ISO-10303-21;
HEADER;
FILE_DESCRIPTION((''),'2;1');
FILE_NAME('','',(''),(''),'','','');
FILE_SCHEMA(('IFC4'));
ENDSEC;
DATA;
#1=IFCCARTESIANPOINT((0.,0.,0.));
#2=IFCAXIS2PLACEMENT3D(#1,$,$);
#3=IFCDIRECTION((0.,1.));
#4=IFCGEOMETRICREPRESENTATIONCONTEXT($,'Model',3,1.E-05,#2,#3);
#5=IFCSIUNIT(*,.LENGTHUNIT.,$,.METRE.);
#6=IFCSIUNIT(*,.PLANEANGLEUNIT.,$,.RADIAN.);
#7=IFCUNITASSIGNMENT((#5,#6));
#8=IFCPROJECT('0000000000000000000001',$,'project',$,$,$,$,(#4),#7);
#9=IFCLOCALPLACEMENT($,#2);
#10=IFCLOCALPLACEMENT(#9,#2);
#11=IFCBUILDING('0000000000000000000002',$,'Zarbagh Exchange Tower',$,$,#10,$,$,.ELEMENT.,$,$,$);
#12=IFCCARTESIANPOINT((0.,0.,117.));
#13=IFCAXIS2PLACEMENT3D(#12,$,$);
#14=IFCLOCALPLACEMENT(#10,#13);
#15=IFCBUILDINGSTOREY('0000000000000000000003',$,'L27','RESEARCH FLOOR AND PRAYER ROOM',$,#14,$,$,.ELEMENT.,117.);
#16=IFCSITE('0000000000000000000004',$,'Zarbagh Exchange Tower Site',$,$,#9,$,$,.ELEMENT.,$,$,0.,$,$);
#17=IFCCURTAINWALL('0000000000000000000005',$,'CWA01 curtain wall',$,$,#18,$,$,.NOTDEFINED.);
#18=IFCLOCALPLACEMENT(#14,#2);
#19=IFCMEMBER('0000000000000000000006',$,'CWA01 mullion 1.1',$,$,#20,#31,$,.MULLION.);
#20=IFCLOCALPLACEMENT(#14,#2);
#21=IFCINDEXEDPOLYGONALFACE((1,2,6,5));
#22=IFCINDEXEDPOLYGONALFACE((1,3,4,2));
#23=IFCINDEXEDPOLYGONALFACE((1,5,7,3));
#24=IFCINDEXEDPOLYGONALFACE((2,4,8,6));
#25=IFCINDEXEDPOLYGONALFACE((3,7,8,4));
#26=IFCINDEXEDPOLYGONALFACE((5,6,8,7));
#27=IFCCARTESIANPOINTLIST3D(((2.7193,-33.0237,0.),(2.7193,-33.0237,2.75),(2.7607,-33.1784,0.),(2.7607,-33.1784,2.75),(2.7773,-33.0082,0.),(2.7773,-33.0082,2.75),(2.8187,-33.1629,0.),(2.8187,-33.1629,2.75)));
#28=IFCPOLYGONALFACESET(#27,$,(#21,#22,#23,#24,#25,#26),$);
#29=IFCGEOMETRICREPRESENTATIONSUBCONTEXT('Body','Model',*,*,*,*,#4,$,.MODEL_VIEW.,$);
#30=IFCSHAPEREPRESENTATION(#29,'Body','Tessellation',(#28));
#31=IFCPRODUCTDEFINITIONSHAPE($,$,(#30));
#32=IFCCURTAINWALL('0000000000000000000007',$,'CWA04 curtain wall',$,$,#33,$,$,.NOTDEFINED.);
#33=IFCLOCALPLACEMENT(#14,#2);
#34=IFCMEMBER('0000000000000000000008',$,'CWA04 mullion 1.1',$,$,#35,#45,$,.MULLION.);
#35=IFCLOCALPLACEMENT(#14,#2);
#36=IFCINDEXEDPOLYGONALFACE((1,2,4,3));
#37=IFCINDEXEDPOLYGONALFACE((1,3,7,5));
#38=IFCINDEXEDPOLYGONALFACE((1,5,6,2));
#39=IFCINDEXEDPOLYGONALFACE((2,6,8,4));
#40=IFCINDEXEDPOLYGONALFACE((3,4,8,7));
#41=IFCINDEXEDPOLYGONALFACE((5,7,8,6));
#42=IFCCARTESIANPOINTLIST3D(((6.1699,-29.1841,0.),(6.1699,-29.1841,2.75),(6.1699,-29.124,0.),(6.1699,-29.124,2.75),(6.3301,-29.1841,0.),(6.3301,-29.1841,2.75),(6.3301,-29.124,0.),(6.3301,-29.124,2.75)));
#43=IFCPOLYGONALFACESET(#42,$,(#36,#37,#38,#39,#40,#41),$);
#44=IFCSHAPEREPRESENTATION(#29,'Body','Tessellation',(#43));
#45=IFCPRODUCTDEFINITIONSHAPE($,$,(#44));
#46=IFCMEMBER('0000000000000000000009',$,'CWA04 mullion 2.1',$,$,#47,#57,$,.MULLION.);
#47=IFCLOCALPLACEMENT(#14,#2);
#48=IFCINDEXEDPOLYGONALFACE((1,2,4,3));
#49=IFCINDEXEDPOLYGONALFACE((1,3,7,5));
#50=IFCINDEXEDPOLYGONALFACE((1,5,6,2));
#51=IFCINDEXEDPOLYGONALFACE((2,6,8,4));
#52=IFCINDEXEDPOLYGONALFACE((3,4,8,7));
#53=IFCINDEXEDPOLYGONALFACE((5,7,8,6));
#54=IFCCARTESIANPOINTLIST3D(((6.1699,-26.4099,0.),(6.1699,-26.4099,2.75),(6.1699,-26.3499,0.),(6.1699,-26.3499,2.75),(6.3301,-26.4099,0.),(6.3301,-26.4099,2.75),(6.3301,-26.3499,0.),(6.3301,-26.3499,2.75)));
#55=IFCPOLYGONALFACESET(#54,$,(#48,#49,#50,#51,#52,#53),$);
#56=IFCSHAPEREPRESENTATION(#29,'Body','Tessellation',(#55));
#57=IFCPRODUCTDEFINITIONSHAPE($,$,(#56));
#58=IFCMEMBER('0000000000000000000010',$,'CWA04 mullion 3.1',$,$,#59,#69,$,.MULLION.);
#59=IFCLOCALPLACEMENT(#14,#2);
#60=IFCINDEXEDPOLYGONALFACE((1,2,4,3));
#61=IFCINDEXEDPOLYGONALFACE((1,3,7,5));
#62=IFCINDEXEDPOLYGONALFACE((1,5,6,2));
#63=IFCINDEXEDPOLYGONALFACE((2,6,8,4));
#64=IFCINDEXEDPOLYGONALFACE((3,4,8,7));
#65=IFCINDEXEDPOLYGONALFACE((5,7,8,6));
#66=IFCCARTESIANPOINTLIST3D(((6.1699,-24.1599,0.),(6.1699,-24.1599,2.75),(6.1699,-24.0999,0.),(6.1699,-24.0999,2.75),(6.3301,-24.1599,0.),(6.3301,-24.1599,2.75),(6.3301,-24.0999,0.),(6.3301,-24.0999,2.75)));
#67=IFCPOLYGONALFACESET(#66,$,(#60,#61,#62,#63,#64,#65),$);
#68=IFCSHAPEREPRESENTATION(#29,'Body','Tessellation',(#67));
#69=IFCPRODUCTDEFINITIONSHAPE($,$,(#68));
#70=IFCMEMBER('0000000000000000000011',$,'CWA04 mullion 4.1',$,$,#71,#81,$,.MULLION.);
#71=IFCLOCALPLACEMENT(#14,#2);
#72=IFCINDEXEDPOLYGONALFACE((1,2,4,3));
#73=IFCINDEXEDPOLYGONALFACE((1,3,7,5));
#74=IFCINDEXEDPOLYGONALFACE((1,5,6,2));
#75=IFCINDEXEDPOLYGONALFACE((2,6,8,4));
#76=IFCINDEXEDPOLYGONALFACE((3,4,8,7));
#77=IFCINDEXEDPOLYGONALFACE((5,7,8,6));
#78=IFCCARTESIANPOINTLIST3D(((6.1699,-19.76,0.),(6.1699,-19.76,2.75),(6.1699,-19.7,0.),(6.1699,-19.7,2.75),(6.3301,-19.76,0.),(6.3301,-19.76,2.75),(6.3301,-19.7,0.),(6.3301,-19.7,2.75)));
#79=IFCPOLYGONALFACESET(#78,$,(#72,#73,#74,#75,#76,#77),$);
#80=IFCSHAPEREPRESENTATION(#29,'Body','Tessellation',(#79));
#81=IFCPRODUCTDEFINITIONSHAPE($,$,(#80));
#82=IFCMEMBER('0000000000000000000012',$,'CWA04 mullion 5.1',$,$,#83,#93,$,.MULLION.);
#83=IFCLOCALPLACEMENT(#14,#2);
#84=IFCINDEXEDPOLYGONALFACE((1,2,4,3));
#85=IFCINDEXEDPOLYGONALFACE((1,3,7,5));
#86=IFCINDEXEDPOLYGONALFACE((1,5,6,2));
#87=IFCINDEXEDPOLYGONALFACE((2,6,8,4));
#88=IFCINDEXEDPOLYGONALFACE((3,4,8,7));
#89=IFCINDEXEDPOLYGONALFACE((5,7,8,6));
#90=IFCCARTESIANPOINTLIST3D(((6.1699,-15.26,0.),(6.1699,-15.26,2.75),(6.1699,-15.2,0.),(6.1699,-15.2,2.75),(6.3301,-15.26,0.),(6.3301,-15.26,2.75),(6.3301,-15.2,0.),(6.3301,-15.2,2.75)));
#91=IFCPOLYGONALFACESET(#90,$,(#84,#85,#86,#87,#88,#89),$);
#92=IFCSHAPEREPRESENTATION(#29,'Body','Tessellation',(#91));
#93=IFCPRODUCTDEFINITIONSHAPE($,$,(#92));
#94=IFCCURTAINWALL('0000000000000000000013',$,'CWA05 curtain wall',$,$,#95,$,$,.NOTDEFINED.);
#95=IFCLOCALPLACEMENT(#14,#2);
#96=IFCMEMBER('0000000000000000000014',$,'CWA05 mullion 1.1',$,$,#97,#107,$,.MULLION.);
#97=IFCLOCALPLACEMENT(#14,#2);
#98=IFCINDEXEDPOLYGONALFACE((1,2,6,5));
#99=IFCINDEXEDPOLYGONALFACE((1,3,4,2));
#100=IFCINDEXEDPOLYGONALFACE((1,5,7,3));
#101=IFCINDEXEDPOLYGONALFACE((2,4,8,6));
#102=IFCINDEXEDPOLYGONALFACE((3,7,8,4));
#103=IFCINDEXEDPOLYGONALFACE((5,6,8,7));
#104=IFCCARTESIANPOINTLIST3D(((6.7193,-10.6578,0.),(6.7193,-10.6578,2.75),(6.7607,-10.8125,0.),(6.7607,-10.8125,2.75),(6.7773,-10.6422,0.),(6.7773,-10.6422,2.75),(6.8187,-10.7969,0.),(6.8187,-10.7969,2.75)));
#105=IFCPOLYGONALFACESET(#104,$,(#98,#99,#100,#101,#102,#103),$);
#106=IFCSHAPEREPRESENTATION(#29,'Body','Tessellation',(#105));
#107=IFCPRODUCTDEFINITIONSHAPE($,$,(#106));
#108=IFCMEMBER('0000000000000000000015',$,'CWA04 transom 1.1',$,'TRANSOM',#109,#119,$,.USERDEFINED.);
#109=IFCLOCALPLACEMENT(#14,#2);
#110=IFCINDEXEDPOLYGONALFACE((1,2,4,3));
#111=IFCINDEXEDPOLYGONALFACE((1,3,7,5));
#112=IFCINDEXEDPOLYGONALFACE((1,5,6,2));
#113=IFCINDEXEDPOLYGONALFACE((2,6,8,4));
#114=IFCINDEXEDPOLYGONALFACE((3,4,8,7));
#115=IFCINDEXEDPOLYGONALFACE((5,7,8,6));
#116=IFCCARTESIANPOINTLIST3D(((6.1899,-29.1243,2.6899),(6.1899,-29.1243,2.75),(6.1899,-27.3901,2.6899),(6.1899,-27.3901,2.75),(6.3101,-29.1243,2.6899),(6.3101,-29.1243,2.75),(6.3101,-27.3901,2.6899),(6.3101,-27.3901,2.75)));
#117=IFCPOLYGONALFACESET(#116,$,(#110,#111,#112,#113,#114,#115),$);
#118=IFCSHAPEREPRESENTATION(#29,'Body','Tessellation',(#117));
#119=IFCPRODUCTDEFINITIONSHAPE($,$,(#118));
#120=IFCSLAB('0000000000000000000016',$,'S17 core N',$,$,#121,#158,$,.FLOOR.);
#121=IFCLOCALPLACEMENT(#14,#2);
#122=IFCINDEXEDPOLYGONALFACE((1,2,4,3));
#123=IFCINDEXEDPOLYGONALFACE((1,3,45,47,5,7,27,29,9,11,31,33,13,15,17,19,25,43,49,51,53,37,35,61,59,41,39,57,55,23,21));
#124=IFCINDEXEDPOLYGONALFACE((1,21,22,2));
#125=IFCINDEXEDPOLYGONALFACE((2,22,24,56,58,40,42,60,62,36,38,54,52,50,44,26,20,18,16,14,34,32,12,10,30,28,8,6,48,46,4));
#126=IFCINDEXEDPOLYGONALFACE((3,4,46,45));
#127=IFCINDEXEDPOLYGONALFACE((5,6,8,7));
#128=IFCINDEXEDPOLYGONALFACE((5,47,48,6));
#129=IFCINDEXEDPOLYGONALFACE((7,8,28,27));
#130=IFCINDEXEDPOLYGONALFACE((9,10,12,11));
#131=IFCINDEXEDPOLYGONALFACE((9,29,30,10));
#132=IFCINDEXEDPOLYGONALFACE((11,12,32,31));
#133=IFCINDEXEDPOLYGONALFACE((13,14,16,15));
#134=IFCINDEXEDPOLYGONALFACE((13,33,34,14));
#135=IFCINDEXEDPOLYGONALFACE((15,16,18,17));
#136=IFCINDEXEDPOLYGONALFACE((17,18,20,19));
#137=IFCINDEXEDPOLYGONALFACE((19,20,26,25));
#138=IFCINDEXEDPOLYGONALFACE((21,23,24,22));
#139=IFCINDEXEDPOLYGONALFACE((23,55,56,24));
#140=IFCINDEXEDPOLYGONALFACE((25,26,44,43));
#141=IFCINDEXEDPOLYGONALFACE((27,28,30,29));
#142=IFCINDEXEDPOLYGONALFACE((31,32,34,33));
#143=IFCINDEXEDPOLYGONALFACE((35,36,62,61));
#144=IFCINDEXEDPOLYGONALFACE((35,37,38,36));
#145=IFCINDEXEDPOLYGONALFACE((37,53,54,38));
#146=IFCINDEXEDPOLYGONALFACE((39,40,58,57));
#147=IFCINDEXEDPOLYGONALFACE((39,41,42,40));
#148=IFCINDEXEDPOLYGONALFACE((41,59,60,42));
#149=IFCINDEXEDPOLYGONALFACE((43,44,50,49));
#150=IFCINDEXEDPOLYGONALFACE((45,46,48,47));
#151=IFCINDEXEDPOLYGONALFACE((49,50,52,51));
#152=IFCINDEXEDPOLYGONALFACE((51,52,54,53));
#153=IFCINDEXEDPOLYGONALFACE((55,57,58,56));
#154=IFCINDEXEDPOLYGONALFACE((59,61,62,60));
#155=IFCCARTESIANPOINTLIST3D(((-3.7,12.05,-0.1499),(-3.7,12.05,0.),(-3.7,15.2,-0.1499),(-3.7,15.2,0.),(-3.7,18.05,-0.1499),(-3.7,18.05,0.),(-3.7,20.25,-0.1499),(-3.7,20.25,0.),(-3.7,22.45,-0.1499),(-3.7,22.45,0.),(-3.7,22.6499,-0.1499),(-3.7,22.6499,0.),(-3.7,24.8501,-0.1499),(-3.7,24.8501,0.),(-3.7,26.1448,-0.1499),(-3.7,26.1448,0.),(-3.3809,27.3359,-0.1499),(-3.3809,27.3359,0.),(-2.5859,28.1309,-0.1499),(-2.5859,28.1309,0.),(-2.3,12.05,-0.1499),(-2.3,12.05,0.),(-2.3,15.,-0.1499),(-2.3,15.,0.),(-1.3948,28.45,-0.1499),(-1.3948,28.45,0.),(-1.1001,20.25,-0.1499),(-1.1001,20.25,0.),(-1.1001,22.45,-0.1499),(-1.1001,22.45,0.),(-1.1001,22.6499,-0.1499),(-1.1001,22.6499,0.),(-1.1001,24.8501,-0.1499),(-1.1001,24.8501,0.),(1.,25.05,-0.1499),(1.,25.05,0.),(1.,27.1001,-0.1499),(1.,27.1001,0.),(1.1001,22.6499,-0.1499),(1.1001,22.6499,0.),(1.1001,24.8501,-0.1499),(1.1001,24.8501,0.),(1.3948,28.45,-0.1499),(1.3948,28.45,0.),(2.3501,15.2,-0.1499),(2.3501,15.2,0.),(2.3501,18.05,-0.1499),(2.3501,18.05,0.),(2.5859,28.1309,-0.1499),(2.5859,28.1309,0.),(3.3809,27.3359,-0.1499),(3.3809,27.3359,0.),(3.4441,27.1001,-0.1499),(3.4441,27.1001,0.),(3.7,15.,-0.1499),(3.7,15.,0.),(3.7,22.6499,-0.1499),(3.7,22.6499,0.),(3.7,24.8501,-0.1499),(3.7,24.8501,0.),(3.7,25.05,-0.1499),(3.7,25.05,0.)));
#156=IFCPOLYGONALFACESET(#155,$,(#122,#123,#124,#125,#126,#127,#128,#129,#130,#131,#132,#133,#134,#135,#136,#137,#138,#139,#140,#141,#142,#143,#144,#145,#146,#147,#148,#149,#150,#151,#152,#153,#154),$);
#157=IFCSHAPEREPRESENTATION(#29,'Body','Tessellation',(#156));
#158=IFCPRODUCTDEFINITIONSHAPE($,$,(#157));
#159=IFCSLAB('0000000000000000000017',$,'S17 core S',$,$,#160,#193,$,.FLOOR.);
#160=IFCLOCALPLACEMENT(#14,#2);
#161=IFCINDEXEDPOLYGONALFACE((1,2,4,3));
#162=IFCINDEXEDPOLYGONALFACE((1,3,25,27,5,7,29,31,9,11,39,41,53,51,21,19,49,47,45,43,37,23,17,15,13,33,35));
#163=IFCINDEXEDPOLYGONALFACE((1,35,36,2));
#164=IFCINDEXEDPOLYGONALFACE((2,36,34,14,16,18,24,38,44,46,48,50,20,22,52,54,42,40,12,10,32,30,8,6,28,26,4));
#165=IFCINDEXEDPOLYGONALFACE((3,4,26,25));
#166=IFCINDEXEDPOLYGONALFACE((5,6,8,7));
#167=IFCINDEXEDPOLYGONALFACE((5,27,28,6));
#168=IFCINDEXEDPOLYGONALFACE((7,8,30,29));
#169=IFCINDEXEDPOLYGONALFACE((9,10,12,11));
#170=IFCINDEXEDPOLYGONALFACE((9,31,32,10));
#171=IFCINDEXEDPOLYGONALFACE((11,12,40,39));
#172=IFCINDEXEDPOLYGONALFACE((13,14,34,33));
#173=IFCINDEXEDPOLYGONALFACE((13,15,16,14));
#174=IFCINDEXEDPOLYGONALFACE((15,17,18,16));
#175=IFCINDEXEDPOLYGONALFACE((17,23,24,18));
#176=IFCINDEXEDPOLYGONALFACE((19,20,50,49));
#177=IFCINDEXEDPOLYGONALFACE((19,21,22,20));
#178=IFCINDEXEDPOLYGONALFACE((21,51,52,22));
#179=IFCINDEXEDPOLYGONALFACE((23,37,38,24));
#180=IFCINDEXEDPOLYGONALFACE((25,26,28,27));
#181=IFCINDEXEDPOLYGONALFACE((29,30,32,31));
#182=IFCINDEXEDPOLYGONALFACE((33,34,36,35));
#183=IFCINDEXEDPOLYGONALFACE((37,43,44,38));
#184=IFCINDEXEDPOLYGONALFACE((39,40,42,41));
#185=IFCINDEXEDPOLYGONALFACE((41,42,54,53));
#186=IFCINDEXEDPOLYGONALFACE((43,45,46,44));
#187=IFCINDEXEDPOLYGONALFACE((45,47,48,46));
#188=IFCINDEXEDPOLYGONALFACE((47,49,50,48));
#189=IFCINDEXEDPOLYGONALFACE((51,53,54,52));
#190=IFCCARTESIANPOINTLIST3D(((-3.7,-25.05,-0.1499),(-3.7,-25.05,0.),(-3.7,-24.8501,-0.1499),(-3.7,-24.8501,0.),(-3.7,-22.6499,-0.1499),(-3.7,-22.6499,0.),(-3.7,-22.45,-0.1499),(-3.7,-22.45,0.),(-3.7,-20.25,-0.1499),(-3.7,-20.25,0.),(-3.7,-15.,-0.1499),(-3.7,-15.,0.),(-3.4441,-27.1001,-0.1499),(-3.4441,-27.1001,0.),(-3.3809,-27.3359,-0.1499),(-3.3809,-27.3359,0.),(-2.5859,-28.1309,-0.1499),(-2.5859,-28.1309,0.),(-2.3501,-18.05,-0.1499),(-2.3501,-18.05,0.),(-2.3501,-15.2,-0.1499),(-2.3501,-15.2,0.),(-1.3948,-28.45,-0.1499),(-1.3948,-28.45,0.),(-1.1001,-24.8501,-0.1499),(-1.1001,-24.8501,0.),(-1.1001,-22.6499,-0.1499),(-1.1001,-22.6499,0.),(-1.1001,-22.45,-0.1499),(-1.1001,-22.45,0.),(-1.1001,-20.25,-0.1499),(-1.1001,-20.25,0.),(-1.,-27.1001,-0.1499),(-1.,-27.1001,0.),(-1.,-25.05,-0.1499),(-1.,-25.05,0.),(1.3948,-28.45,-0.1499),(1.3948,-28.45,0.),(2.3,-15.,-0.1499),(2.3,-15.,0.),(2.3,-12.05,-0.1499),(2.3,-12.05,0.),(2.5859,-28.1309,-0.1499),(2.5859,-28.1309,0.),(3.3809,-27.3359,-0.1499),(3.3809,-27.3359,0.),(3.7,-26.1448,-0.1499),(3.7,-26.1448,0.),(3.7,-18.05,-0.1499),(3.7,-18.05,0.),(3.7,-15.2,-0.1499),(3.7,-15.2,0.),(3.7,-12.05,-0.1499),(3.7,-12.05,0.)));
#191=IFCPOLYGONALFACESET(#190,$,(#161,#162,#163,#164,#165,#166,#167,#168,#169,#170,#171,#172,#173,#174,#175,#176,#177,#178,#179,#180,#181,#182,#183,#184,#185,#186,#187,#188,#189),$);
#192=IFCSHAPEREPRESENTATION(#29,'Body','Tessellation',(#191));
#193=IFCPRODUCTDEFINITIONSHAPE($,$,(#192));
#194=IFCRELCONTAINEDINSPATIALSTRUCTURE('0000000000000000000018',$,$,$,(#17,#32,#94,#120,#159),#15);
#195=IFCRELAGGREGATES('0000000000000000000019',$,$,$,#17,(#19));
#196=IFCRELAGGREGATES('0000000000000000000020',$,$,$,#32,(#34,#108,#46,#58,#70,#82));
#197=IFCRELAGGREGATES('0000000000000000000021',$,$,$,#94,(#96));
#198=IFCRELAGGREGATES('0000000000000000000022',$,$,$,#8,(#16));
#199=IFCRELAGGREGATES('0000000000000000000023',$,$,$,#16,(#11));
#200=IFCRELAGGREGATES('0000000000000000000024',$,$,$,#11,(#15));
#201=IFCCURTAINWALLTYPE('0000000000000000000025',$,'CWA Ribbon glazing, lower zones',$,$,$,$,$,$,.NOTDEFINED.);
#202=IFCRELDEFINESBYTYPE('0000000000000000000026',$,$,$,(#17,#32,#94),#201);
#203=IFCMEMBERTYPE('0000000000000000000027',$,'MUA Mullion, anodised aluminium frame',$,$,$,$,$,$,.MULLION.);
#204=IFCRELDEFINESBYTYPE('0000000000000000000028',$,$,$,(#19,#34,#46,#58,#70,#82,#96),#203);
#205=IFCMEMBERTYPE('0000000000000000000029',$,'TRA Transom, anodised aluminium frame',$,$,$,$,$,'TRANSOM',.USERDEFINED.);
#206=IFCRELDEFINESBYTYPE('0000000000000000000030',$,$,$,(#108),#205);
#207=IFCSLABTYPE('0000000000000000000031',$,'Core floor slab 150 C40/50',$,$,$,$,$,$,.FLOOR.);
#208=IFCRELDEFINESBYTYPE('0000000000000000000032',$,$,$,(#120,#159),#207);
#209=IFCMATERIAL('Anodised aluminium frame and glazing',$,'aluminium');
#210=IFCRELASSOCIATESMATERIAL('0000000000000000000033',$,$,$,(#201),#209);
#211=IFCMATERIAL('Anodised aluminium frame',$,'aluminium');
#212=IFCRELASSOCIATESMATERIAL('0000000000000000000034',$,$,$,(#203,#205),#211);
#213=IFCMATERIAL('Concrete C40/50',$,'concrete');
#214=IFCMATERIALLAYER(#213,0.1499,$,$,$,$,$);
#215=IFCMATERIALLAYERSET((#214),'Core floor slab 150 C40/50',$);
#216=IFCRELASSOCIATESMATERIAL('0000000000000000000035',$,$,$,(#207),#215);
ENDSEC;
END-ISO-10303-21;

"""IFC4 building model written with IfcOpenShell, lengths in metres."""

from ifc_helpers import new_model, si_unit, direction, frame, origin, place, context, subcontext, project, spatial, polyline, outline, extrude, source, transform, mapped, material, layer, layer_set, type_object, element, aggregate, save


model = new_model("IFC4")

# Units and contexts
model_context = context("Model", 3, precision=1e-05, world=origin(), true_north=direction((0.0, 1.0)))
body_context = subcontext(model_context, "Body", "Model", "MODEL_VIEW")
ifc_project = project(units=[si_unit("LENGTHUNIT", "METRE"), si_unit("PLANEANGLEUNIT", "RADIAN")], contexts=[model_context])

# Site, building, storey
site_placement = place(None, origin())
site = spatial("IfcSite", under=ifc_project, at=site_placement, Name="Zarbagh Exchange Tower Site", CompositionType="ELEMENT", RefElevation=0.0)
building_placement = place(site_placement, origin())
building = spatial("IfcBuilding", under=site, at=building_placement, Name="Zarbagh Exchange Tower", CompositionType="ELEMENT")
storey_placement = place(building_placement, frame((0.0, 0.0, 117.0)))
storey = spatial("IfcBuildingStorey", under=building, at=storey_placement, Name="L27", Description="RESEARCH FLOOR AND PRAYER ROOM", CompositionType="ELEMENT", Elevation=117.0)

# Curtain wall, member
ifc_material_1 = material(Name="Anodised aluminium frame and glazing", Category="aluminium")
curtain_wall_type = type_object("IfcCurtainWallType", Name="CWA Ribbon glazing, lower zones", PredefinedType="NOTDEFINED", material=ifc_material_1)
curtain_wall_1_placement = place(storey_placement, origin())
curtain_wall_1 = element("IfcCurtainWall", 1, at=curtain_wall_1_placement, inside=storey, type_object=curtain_wall_type, Name="CWA01 curtain wall", PredefinedType="NOTDEFINED")
ifc_material_2 = material(Name="Anodised aluminium frame", Category="aluminium")
member_type_1 = type_object("IfcMemberType", Name="MUA Mullion, anodised aluminium frame", PredefinedType="MULLION", material=ifc_material_2)
shared_shape_1 = source(origin(), body_context, "Body", "SweptSolid", [
    extrude(outline(polyline([(0.0, -0.0801), (0.0601, -0.0801), (0.0601, 0.0801), (0.0, 0.0801), (0.0, -0.0801)])), origin(), (0.0, 0.0, 1.0), 2.75),
])
placement = place(storey_placement, origin())
member_1 = element("IfcMember", 2, at=placement, type_object=member_type_1, Name="CWA01 mullion 1.1", PredefinedType="MULLION", context=body_context, shape_type="MappedRepresentation", body=[
    mapped(shared_shape_1, transform((2.74, -33.1011, 0.0), x_axis=(0.965924, 0.258825, 0.0), y_axis=(-0.258825, 0.965924, 0.0), z_axis=(0.0, 0.0, 1.0))),
])

# Curtain wall, members
curtain_wall_2_placement = place(storey_placement, origin())
curtain_wall_2 = element("IfcCurtainWall", 3, at=curtain_wall_2_placement, inside=storey, type_object=curtain_wall_type, Name="CWA04 curtain wall", PredefinedType="NOTDEFINED")
member_2 = element("IfcMember", 4, at=placement, type_object=member_type_1, Name="CWA04 mullion 1.1", PredefinedType="MULLION", context=body_context, shape_type="MappedRepresentation", body=[
    mapped(shared_shape_1, transform((6.25, -29.1841, 0.0), x_axis=(0.0, 1.0, 0.0), y_axis=(-1.0, 0.0, 0.0), z_axis=(0.0, 0.0, 1.0))),
])
member_3 = element("IfcMember", 5, at=placement, type_object=member_type_1, Name="CWA04 mullion 2.1", PredefinedType="MULLION", context=body_context, shape_type="MappedRepresentation", body=[
    mapped(shared_shape_1, transform((6.25, -26.4099, 0.0), x_axis=(0.0, 1.0, 0.0), y_axis=(-1.0, 0.0, 0.0), z_axis=(0.0, 0.0, 1.0))),
])
member_4 = element("IfcMember", 6, at=placement, type_object=member_type_1, Name="CWA04 mullion 3.1", PredefinedType="MULLION", context=body_context, shape_type="MappedRepresentation", body=[
    mapped(shared_shape_1, transform((6.25, -24.1599, 0.0), x_axis=(0.0, 1.0, 0.0), y_axis=(-1.0, 0.0, 0.0), z_axis=(0.0, 0.0, 1.0))),
])
member_5 = element("IfcMember", 7, at=placement, type_object=member_type_1, Name="CWA04 mullion 4.1", PredefinedType="MULLION", context=body_context, shape_type="MappedRepresentation", body=[
    mapped(shared_shape_1, transform((6.25, -19.76, 0.0), x_axis=(0.0, 1.0, 0.0), y_axis=(-1.0, 0.0, 0.0), z_axis=(0.0, 0.0, 1.0))),
])
member_6 = element("IfcMember", 8, at=placement, type_object=member_type_1, Name="CWA04 mullion 5.1", PredefinedType="MULLION", context=body_context, shape_type="MappedRepresentation", body=[
    mapped(shared_shape_1, transform((6.25, -15.26, 0.0), x_axis=(0.0, 1.0, 0.0), y_axis=(-1.0, 0.0, 0.0), z_axis=(0.0, 0.0, 1.0))),
])

# Curtain wall, member
curtain_wall_3_placement = place(storey_placement, origin())
curtain_wall_3 = element("IfcCurtainWall", 9, at=curtain_wall_3_placement, inside=storey, type_object=curtain_wall_type, Name="CWA05 curtain wall", PredefinedType="NOTDEFINED")
member_7 = element("IfcMember", 10, at=placement, type_object=member_type_1, Name="CWA05 mullion 1.1", PredefinedType="MULLION", context=body_context, shape_type="MappedRepresentation", body=[
    mapped(shared_shape_1, transform((6.74, -10.7351, 0.0), x_axis=(0.965924, 0.258825, 0.0), y_axis=(-0.258825, 0.965924, 0.0), z_axis=(0.0, 0.0, 1.0))),
])

# Member
member_type_2 = type_object("IfcMemberType", Name="TRA Transom, anodised aluminium frame", ElementType="TRANSOM", PredefinedType="USERDEFINED", material=ifc_material_2)
shared_shape_2 = source(origin(), body_context, "Body", "SweptSolid", [
    extrude(outline(polyline([(-0.0601, -0.0601), (0.0, -0.0601), (0.0, 0.0601), (-0.0601, 0.0601), (-0.0601, -0.0601)])), origin(), (0.0, 0.0, 1.0), 1.7341),
])
member_8 = element("IfcMember", 11, at=placement, type_object=member_type_2, Name="CWA04 transom 1.1", ObjectType="TRANSOM", PredefinedType="USERDEFINED", context=body_context, shape_type="MappedRepresentation", body=[
    mapped(shared_shape_2, transform((6.25, -29.1243, 2.75), x_axis=(0.0, 0.0, 1.0), y_axis=(1.0, 0.0, 0.0), z_axis=(0.0, 1.0, 0.0))),
])

# Slabs
ifc_material_3 = material(Name="Concrete C40/50", Category="concrete")
ifc_layer_1 = layer(ifc_material_3, 0.1499)
ifc_layer_set_1 = layer_set([ifc_layer_1], Name="Core floor slab 150 C40/50")
slab_type = type_object("IfcSlabType", Name="Core floor slab 150 C40/50", PredefinedType="FLOOR", material=ifc_layer_set_1)
slab_1_placement = place(storey_placement, frame((0.0, 0.0, -0.1499)))
element("IfcSlab", 12, at=slab_1_placement, inside=storey, type_object=slab_type, Name="S17 core N", PredefinedType="FLOOR", context=body_context, shape_type="SweptSolid", body=[
    extrude(outline(polyline([(-3.7, 12.05), (-3.7, 15.2), (2.3501, 15.2), (2.3501, 18.05), (-3.7, 18.05), (-3.7, 20.25), (-1.1001, 20.25), (-1.1001, 22.45), (-3.7, 22.45), (-3.7, 22.6499), (-1.1001, 22.6499), (-1.1001, 24.8501), (-3.7, 24.8501), (-3.7, 26.1448), (-3.3809, 27.3359), (-2.5859, 28.1309), (-1.3948, 28.45), (1.3948, 28.45), (2.5859, 28.1309), (3.3809, 27.3359), (3.6465, 26.3447), (3.4441, 27.1001), (1.0, 27.1001), (1.0, 25.05), (3.7, 25.05), (3.7, 24.8501), (1.1001, 24.8501), (1.1001, 22.6499), (3.7, 22.6499), (3.7, 15.0), (-2.3, 15.0), (-2.3, 12.05), (-3.7, 12.05)])), origin(), (0.0, 0.0, 1.0), 0.1499),
])
slab_2_placement = place(storey_placement, frame((0.0, 0.0, -0.1499)))
element("IfcSlab", 13, at=slab_2_placement, inside=storey, type_object=slab_type, Name="S17 core S", PredefinedType="FLOOR", context=body_context, shape_type="SweptSolid", body=[
    extrude(outline(polyline([(-2.5859, -28.1309), (-3.3809, -27.3359), (-3.6465, -26.3447), (-3.4441, -27.1001), (-1.0, -27.1001), (-1.0, -25.05), (-3.7, -25.05), (-3.7, -24.8501), (-1.1001, -24.8501), (-1.1001, -22.6499), (-3.7, -22.6499), (-3.7, -22.45), (-1.1001, -22.45), (-1.1001, -20.25), (-3.7, -20.25), (-3.7, -15.0), (2.3, -15.0), (2.3, -12.05), (3.7, -12.05), (3.7, -15.2), (-2.3501, -15.2), (-2.3501, -18.05), (3.7, -18.05), (3.7, -26.1448), (3.3809, -27.3359), (2.5859, -28.1309), (1.3948, -28.45), (-1.3948, -28.45), (-2.5859, -28.1309)])), origin(), (0.0, 0.0, 1.0), 0.1499),
])

aggregate(curtain_wall_1, [member_1])

aggregate(curtain_wall_2, [member_2, member_8, member_3, member_4, member_5, member_6])
aggregate(curtain_wall_3, [member_7])

save(model, "model.ifc")
